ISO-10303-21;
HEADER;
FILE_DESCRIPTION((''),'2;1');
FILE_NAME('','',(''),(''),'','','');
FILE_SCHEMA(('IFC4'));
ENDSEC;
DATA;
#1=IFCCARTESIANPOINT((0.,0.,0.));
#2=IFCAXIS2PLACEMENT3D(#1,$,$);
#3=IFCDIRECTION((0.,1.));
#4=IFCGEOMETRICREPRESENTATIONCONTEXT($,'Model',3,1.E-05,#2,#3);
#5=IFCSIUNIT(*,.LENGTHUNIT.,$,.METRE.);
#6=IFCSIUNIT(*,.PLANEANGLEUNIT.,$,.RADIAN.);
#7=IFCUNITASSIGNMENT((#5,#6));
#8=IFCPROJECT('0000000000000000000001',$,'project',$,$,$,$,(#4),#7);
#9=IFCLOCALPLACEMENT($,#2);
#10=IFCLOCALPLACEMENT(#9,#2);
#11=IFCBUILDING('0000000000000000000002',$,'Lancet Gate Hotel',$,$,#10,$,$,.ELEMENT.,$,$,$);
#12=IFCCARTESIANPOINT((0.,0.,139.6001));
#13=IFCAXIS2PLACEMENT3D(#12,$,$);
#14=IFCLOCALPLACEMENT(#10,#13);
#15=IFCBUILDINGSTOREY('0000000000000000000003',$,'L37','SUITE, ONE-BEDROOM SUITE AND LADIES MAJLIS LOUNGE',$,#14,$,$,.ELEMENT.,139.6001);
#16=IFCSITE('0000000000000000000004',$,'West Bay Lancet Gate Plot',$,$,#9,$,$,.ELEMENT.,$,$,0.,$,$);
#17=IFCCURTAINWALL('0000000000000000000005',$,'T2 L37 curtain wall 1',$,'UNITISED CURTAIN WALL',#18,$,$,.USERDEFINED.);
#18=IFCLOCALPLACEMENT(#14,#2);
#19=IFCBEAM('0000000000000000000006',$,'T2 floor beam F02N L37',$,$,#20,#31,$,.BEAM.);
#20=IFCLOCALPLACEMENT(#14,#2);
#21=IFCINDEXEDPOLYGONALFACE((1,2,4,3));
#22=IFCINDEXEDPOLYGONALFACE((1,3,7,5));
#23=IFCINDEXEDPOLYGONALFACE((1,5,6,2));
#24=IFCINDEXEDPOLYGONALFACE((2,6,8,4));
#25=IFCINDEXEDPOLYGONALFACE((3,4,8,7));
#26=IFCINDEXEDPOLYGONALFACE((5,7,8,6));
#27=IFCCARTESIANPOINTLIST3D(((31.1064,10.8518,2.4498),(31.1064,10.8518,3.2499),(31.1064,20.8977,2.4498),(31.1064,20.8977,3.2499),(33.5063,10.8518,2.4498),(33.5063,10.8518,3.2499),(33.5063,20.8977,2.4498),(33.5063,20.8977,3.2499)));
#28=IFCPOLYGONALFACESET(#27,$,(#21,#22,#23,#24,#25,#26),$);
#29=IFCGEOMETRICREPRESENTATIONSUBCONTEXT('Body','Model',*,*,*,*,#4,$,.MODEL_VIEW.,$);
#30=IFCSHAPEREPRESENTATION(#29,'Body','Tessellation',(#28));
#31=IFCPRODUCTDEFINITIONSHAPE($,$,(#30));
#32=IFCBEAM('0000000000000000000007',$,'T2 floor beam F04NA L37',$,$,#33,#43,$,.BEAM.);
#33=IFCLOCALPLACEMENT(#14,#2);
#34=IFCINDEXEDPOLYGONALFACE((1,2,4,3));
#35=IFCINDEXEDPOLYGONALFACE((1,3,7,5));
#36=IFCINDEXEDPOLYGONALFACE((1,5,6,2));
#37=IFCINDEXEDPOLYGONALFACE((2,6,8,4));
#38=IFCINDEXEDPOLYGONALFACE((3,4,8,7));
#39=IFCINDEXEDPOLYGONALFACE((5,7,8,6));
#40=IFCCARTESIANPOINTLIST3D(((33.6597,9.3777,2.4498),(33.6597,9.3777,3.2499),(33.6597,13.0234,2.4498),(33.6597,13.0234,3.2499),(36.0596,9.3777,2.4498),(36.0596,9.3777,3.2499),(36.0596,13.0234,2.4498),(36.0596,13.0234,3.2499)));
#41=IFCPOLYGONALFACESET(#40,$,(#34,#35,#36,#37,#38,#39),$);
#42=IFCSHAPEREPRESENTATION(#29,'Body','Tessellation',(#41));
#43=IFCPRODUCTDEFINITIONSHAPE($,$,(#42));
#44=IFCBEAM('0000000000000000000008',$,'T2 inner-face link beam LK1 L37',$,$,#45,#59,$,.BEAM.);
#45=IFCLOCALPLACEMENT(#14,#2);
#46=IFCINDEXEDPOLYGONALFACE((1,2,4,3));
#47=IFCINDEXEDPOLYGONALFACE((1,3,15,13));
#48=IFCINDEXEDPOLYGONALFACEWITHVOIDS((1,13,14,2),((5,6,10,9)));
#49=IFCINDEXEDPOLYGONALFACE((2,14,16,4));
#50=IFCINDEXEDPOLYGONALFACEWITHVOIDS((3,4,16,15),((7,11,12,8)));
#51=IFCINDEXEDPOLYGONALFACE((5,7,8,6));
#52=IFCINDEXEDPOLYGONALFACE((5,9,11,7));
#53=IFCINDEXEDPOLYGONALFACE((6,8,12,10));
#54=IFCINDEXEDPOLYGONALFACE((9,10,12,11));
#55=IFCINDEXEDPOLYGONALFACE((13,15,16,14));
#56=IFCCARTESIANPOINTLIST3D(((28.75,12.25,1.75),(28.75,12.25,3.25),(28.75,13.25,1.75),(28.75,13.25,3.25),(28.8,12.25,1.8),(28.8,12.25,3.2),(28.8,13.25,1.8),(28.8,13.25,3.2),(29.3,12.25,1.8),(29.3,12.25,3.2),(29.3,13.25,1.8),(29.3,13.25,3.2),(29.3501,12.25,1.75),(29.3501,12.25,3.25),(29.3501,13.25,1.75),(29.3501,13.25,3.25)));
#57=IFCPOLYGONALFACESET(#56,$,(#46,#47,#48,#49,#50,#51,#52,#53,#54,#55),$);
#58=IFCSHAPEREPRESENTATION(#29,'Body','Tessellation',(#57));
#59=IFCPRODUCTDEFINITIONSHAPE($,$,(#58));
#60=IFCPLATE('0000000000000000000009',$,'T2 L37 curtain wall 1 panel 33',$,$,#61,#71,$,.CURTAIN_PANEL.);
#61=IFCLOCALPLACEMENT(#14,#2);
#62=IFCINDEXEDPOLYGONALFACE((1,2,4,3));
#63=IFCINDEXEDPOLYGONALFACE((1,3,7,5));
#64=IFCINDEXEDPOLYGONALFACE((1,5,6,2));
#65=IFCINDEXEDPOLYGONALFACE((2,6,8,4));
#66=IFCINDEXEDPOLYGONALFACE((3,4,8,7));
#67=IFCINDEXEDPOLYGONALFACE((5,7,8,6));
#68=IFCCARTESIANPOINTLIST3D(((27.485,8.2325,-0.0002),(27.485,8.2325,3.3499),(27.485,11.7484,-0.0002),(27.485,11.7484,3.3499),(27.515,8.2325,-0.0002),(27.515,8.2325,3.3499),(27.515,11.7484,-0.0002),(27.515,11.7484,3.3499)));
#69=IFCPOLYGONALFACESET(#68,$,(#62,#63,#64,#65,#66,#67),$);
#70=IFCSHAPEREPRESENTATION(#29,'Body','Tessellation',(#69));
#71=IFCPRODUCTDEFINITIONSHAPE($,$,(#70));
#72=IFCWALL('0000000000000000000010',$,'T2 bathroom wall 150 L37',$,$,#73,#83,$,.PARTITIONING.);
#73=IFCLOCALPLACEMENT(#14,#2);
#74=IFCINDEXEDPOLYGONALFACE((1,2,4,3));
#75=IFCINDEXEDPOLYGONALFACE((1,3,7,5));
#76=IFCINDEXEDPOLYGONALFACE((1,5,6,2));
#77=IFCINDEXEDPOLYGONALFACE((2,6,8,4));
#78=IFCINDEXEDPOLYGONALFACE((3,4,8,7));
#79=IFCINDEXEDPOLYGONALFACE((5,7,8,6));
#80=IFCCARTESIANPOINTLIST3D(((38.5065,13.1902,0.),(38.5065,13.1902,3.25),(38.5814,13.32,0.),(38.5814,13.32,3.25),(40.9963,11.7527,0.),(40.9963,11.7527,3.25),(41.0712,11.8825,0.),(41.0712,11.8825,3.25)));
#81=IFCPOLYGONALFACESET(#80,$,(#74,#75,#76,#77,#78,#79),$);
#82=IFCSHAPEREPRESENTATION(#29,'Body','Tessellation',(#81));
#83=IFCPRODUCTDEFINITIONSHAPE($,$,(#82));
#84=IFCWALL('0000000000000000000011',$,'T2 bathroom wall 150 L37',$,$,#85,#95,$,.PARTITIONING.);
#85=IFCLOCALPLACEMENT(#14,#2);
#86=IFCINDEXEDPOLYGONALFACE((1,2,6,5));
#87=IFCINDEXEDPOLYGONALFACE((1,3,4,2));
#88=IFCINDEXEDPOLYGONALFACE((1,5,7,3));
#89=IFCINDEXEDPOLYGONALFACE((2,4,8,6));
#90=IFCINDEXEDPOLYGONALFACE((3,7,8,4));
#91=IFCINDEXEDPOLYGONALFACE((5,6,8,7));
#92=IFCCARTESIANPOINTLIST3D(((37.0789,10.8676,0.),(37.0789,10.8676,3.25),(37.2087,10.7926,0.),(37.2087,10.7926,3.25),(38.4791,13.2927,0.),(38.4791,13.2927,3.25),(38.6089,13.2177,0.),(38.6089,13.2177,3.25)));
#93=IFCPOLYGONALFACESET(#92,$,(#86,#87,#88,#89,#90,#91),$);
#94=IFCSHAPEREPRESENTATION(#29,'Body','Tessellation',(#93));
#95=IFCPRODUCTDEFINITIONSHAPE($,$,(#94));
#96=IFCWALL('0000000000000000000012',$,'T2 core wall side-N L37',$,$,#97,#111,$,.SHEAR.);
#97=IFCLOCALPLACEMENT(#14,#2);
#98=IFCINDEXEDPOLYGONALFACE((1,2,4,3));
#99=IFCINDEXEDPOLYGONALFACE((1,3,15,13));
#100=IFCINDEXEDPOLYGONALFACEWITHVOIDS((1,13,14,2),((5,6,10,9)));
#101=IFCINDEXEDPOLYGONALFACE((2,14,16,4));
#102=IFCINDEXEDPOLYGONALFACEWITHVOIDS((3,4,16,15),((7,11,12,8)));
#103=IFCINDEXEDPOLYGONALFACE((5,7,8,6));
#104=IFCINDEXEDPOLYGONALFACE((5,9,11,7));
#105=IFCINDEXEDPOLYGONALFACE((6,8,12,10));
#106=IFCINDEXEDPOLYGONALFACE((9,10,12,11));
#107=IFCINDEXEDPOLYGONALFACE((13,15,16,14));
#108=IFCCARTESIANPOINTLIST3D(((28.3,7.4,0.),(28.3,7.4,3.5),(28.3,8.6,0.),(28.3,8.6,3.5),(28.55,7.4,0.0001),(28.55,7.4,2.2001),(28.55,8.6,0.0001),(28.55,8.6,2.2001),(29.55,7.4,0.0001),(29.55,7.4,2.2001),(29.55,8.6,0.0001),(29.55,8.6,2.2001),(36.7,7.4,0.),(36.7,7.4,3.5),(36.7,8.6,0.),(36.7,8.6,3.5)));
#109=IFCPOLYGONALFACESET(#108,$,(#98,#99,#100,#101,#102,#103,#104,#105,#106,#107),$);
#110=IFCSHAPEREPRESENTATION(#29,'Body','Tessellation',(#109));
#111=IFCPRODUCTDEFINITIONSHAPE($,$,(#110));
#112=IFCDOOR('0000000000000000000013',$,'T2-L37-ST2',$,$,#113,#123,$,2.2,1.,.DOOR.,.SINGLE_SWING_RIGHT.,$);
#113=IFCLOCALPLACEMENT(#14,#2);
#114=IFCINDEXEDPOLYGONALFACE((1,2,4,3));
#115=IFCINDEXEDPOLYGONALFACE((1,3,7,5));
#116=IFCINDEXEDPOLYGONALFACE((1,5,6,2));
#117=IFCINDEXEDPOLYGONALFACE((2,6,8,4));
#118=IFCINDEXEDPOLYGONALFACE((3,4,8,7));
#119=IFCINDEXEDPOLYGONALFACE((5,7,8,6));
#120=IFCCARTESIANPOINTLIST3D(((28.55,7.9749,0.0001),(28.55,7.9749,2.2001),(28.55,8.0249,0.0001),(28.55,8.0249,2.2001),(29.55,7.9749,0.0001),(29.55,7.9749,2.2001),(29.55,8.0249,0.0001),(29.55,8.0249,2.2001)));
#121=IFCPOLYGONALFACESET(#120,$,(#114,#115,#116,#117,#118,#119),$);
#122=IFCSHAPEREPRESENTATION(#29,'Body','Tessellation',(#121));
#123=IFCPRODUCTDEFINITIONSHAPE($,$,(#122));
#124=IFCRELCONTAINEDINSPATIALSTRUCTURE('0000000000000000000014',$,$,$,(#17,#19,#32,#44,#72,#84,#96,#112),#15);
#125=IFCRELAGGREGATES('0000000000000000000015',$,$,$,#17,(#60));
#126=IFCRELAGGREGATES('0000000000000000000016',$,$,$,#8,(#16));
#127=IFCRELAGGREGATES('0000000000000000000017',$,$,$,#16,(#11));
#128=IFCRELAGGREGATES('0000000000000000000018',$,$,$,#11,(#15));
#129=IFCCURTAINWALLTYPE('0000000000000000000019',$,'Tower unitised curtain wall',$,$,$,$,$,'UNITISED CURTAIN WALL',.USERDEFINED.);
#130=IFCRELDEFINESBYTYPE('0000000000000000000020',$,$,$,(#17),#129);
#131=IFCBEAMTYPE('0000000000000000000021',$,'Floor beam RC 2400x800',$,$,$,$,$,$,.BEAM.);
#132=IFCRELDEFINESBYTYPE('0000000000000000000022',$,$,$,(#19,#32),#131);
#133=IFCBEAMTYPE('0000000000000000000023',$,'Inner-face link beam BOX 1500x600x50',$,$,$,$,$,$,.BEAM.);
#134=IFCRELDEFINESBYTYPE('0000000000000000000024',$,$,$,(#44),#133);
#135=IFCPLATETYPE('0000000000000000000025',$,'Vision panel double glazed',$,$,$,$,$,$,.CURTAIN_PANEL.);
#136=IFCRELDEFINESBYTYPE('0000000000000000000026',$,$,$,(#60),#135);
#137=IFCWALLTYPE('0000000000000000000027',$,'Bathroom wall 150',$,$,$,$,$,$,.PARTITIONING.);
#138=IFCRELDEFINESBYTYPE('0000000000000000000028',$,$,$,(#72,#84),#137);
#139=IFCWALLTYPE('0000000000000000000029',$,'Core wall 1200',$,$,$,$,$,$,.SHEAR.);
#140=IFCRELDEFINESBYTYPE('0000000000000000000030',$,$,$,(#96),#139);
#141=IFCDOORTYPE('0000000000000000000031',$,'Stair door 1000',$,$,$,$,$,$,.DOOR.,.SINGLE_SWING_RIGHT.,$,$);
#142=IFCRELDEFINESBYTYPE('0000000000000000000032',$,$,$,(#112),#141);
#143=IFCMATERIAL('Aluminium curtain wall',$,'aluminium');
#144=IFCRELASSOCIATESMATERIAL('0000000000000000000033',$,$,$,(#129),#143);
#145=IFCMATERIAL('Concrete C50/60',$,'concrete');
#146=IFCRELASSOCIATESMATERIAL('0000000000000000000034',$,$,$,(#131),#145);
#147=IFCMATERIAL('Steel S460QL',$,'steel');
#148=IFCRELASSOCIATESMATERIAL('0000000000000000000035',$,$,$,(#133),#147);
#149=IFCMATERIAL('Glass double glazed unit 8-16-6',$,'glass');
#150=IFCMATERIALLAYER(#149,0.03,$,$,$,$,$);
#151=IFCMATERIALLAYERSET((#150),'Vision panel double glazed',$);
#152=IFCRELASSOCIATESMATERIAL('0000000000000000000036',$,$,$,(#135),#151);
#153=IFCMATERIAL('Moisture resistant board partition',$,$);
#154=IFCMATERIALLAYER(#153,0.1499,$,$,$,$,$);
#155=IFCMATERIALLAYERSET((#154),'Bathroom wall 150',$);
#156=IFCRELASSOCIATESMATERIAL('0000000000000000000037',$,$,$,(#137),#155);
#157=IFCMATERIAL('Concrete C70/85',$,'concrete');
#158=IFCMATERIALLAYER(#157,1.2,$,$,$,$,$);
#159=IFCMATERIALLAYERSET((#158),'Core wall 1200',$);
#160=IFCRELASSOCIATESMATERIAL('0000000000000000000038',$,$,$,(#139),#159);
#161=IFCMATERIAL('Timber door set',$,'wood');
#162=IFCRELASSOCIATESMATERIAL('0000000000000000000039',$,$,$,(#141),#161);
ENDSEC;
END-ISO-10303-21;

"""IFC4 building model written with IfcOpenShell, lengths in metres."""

from ifc_helpers import new_model, si_unit, direction, frame, frame_2d, origin, origin_2d, place, context, subcontext, project, spatial, rectangle, hollow_rectangle, extrude, material, layer, layer_set, material_profile, profile_set, type_object, element, fill, aggregate, save


model = new_model("IFC4")

# Units and contexts
model_context = context("Model", 3, precision=1e-05, world=origin(), true_north=direction((0.0, 1.0)))
body_context = subcontext(model_context, "Body", "Model", "MODEL_VIEW")
ifc_project = project(units=[si_unit("LENGTHUNIT", "METRE"), si_unit("PLANEANGLEUNIT", "RADIAN")], contexts=[model_context])

# Site, building, storey
site_placement = place(None, origin())
site = spatial("IfcSite", under=ifc_project, at=site_placement, Name="West Bay Lancet Gate Plot", CompositionType="ELEMENT", RefElevation=0.0)
building_placement = place(site_placement, origin())
building = spatial("IfcBuilding", under=site, at=building_placement, Name="Lancet Gate Hotel", CompositionType="ELEMENT")
storey_placement = place(building_placement, frame((0.0, 0.0, 139.6001)))
storey = spatial("IfcBuildingStorey", under=building, at=storey_placement, Name="L37", Description="SUITE, ONE-BEDROOM SUITE AND LADIES MAJLIS LOUNGE", CompositionType="ELEMENT", Elevation=139.6001)

# Curtain wall
ifc_material_1 = material(Name="Aluminium curtain wall", Category="aluminium")
curtain_wall_type = type_object("IfcCurtainWallType", Name="Tower unitised curtain wall", ElementType="UNITISED CURTAIN WALL", PredefinedType="USERDEFINED", material=ifc_material_1)
curtain_wall_placement = place(storey_placement, origin())
curtain_wall = element("IfcCurtainWall", 1, at=curtain_wall_placement, inside=storey, type_object=curtain_wall_type, Name="T2 L37 curtain wall 1", ObjectType="UNITISED CURTAIN WALL", PredefinedType="USERDEFINED")

# Beams
ifc_material_2 = material(Name="Concrete C50/60", Category="concrete")
ifc_material_profile_1 = material_profile(ifc_material_2, rectangle(XDim=2.3999, YDim=0.8, at=origin_2d()), Name="RC 2400x800")
ifc_profile_set_1 = profile_set([ifc_material_profile_1], Name="Concrete C50/60")
beam_type_1 = type_object("IfcBeamType", Name="Floor beam RC 2400x800", PredefinedType="BEAM", material=ifc_profile_set_1)
beam_1_placement = place(storey_placement, frame((32.3064, 10.8518, 2.8499), z_axis=(0.0, 1.0, 0.0), x_axis=(-1.0, 0.0, 0.0)))
element("IfcBeam", 2, at=beam_1_placement, inside=storey, type_object=beam_type_1, Name="T2 floor beam F02N L37", PredefinedType="BEAM", context=body_context, shape_type="SweptSolid", body=[
    extrude(rectangle(XDim=2.3999, YDim=0.8, at=origin_2d()), origin(), (0.0, 0.0, 1.0), 10.0459),
])
beam_2_placement = place(storey_placement, frame((34.8596, 9.3777, 2.8499), z_axis=(0.0, 1.0, 0.0), x_axis=(-1.0, 0.0, 0.0)))
element("IfcBeam", 3, at=beam_2_placement, inside=storey, type_object=beam_type_1, Name="T2 floor beam F04NA L37", PredefinedType="BEAM", context=body_context, shape_type="SweptSolid", body=[
    extrude(rectangle(XDim=2.3999, YDim=0.8, at=origin_2d()), origin(), (0.0, 0.0, 1.0), 3.6458),
])
ifc_material_3 = material(Name="Steel S460QL", Category="steel")
ifc_material_profile_2 = material_profile(ifc_material_3, hollow_rectangle(XDim=0.6001, YDim=1.5, WallThickness=0.05, at=origin_2d()), Name="BOX 1500x600x50")
ifc_profile_set_2 = profile_set([ifc_material_profile_2], Name="Steel S460QL")
beam_type_2 = type_object("IfcBeamType", Name="Inner-face link beam BOX 1500x600x50", PredefinedType="BEAM", material=ifc_profile_set_2)
beam_3_placement = place(storey_placement, frame((29.05, 12.25, 2.5), z_axis=(0.0, 1.0, 0.0), x_axis=(-1.0, 0.0, 0.0)))
element("IfcBeam", 4, at=beam_3_placement, inside=storey, type_object=beam_type_2, Name="T2 inner-face link beam LK1 L37", PredefinedType="BEAM", context=body_context, shape_type="SweptSolid", body=[
    extrude(hollow_rectangle(XDim=0.6001, YDim=1.5, WallThickness=0.05, at=origin_2d()), origin(), (0.0, 0.0, 1.0), 1.0),
])

# Plate
ifc_material_4 = material(Name="Glass double glazed unit 8-16-6", Category="glass")
ifc_layer_1 = layer(ifc_material_4, 0.03)
ifc_layer_set_1 = layer_set([ifc_layer_1], Name="Vision panel double glazed")
plate_type = type_object("IfcPlateType", Name="Vision panel double glazed", PredefinedType="CURTAIN_PANEL", material=ifc_layer_set_1)
plate_placement = place(storey_placement, frame((27.5, 9.9905, -0.0002), z_axis=(0.0, 0.0, 1.0), x_axis=(0.0, -1.0, 0.0)))
plate = element("IfcPlate", 5, at=plate_placement, type_object=plate_type, Name="T2 L37 curtain wall 1 panel 33", PredefinedType="CURTAIN_PANEL", context=body_context, shape_type="SweptSolid", body=[
    extrude(rectangle(XDim=3.5159, YDim=0.03, at=origin_2d()), origin(), (0.0, 0.0, 1.0), 3.3501),
])
aggregate(curtain_wall, [plate])

# Walls
ifc_material_5 = material(Name="Moisture resistant board partition")
ifc_layer_2 = layer(ifc_material_5, 0.1499)
ifc_layer_set_2 = layer_set([ifc_layer_2], Name="Bathroom wall 150")
wall_type_1 = type_object("IfcWallType", Name="Bathroom wall 150", PredefinedType="PARTITIONING", material=ifc_layer_set_2)
wall_1_placement = place(storey_placement, frame((38.5439, 13.2551, 0.0), z_axis=(0.0, 0.0, 1.0), x_axis=(0.866019, -0.500012, 0.0)))
element("IfcWall", 6, at=wall_1_placement, inside=storey, type_object=wall_type_1, Name="T2 bathroom wall 150 L37", PredefinedType="PARTITIONING", context=body_context, shape_type="SweptSolid", body=[
    extrude(rectangle(XDim=2.875, YDim=0.1499, at=frame_2d((1.4375, 0.0))), origin(), (0.0, 0.0, 1.0), 3.25),
])
wall_2_placement = place(storey_placement, frame((37.1438, 10.8301, 0.0), z_axis=(0.0, 0.0, 1.0), x_axis=(0.500012, 0.866019, 0.0)))
element("IfcWall", 7, at=wall_2_placement, inside=storey, type_object=wall_type_1, Name="T2 bathroom wall 150 L37", PredefinedType="PARTITIONING", context=body_context, shape_type="SweptSolid", body=[
    extrude(rectangle(XDim=2.8003, YDim=0.1499, at=frame_2d((1.4001, 0.0))), origin(), (0.0, 0.0, 1.0), 3.25),
])

# Wall, opening, door
ifc_material_6 = material(Name="Concrete C70/85", Category="concrete")
ifc_layer_3 = layer(ifc_material_6, 1.2)
ifc_layer_set_3 = layer_set([ifc_layer_3], Name="Core wall 1200")
wall_type_2 = type_object("IfcWallType", Name="Core wall 1200", PredefinedType="SHEAR", material=ifc_layer_set_3)
wall_3_placement = place(storey_placement, frame((28.3, 8.0, 0.0), z_axis=(0.0, 0.0, 1.0), x_axis=(1.0, 0.0, 0.0)))
wall_3 = element("IfcWall", 8, at=wall_3_placement, inside=storey, type_object=wall_type_2, Name="T2 core wall side-N L37", PredefinedType="SHEAR", context=body_context, shape_type="SweptSolid", body=[
    extrude(rectangle(XDim=8.3999, YDim=1.2, at=frame_2d((4.2, 0.0))), origin(), (0.0, 0.0, 1.0), 3.5),
])
opening_1_placement = place(wall_3_placement, frame((0.25, 0.0, 0.0)))
opening_1 = element("IfcOpeningElement", 9, at=opening_1_placement, cuts=wall_3, PredefinedType="OPENING", context=body_context, shape_type="SweptSolid", body=[
    extrude(rectangle(XDim=1.0, YDim=2.2, at=frame_2d((0.5, 1.1001))), frame((0.0, 0.6099, 0.0), z_axis=(0.0, -1.0, 0.0), x_axis=(1.0, 0.0, 0.0)), (0.0, 0.0, 1.0), 1.22),
])
ifc_material_7 = material(Name="Timber door set", Category="wood")
door_type_1 = type_object("IfcDoorType", Name="Stair door 1000", OperationType="SINGLE_SWING_RIGHT", PredefinedType="DOOR", material=ifc_material_7)
door_1_placement = place(opening_1_placement, origin())
door_1 = element("IfcDoor", 10, at=door_1_placement, inside=storey, type_object=door_type_1, Name="T2-L37-ST2", OperationType="SINGLE_SWING_RIGHT", OverallHeight=2.2, OverallWidth=1.0, PredefinedType="DOOR", context=body_context, shape_type="SweptSolid", body=[
    extrude(rectangle(XDim=1.0, YDim=2.2, at=frame_2d((0.5, 1.1001))), frame((0.0, 0.0249, 0.0), z_axis=(0.0, -1.0, 0.0), x_axis=(1.0, 0.0, 0.0)), (0.0, 0.0, 1.0), 0.05),
])
fill(opening_1, door_1)

save(model, "model.ifc")
